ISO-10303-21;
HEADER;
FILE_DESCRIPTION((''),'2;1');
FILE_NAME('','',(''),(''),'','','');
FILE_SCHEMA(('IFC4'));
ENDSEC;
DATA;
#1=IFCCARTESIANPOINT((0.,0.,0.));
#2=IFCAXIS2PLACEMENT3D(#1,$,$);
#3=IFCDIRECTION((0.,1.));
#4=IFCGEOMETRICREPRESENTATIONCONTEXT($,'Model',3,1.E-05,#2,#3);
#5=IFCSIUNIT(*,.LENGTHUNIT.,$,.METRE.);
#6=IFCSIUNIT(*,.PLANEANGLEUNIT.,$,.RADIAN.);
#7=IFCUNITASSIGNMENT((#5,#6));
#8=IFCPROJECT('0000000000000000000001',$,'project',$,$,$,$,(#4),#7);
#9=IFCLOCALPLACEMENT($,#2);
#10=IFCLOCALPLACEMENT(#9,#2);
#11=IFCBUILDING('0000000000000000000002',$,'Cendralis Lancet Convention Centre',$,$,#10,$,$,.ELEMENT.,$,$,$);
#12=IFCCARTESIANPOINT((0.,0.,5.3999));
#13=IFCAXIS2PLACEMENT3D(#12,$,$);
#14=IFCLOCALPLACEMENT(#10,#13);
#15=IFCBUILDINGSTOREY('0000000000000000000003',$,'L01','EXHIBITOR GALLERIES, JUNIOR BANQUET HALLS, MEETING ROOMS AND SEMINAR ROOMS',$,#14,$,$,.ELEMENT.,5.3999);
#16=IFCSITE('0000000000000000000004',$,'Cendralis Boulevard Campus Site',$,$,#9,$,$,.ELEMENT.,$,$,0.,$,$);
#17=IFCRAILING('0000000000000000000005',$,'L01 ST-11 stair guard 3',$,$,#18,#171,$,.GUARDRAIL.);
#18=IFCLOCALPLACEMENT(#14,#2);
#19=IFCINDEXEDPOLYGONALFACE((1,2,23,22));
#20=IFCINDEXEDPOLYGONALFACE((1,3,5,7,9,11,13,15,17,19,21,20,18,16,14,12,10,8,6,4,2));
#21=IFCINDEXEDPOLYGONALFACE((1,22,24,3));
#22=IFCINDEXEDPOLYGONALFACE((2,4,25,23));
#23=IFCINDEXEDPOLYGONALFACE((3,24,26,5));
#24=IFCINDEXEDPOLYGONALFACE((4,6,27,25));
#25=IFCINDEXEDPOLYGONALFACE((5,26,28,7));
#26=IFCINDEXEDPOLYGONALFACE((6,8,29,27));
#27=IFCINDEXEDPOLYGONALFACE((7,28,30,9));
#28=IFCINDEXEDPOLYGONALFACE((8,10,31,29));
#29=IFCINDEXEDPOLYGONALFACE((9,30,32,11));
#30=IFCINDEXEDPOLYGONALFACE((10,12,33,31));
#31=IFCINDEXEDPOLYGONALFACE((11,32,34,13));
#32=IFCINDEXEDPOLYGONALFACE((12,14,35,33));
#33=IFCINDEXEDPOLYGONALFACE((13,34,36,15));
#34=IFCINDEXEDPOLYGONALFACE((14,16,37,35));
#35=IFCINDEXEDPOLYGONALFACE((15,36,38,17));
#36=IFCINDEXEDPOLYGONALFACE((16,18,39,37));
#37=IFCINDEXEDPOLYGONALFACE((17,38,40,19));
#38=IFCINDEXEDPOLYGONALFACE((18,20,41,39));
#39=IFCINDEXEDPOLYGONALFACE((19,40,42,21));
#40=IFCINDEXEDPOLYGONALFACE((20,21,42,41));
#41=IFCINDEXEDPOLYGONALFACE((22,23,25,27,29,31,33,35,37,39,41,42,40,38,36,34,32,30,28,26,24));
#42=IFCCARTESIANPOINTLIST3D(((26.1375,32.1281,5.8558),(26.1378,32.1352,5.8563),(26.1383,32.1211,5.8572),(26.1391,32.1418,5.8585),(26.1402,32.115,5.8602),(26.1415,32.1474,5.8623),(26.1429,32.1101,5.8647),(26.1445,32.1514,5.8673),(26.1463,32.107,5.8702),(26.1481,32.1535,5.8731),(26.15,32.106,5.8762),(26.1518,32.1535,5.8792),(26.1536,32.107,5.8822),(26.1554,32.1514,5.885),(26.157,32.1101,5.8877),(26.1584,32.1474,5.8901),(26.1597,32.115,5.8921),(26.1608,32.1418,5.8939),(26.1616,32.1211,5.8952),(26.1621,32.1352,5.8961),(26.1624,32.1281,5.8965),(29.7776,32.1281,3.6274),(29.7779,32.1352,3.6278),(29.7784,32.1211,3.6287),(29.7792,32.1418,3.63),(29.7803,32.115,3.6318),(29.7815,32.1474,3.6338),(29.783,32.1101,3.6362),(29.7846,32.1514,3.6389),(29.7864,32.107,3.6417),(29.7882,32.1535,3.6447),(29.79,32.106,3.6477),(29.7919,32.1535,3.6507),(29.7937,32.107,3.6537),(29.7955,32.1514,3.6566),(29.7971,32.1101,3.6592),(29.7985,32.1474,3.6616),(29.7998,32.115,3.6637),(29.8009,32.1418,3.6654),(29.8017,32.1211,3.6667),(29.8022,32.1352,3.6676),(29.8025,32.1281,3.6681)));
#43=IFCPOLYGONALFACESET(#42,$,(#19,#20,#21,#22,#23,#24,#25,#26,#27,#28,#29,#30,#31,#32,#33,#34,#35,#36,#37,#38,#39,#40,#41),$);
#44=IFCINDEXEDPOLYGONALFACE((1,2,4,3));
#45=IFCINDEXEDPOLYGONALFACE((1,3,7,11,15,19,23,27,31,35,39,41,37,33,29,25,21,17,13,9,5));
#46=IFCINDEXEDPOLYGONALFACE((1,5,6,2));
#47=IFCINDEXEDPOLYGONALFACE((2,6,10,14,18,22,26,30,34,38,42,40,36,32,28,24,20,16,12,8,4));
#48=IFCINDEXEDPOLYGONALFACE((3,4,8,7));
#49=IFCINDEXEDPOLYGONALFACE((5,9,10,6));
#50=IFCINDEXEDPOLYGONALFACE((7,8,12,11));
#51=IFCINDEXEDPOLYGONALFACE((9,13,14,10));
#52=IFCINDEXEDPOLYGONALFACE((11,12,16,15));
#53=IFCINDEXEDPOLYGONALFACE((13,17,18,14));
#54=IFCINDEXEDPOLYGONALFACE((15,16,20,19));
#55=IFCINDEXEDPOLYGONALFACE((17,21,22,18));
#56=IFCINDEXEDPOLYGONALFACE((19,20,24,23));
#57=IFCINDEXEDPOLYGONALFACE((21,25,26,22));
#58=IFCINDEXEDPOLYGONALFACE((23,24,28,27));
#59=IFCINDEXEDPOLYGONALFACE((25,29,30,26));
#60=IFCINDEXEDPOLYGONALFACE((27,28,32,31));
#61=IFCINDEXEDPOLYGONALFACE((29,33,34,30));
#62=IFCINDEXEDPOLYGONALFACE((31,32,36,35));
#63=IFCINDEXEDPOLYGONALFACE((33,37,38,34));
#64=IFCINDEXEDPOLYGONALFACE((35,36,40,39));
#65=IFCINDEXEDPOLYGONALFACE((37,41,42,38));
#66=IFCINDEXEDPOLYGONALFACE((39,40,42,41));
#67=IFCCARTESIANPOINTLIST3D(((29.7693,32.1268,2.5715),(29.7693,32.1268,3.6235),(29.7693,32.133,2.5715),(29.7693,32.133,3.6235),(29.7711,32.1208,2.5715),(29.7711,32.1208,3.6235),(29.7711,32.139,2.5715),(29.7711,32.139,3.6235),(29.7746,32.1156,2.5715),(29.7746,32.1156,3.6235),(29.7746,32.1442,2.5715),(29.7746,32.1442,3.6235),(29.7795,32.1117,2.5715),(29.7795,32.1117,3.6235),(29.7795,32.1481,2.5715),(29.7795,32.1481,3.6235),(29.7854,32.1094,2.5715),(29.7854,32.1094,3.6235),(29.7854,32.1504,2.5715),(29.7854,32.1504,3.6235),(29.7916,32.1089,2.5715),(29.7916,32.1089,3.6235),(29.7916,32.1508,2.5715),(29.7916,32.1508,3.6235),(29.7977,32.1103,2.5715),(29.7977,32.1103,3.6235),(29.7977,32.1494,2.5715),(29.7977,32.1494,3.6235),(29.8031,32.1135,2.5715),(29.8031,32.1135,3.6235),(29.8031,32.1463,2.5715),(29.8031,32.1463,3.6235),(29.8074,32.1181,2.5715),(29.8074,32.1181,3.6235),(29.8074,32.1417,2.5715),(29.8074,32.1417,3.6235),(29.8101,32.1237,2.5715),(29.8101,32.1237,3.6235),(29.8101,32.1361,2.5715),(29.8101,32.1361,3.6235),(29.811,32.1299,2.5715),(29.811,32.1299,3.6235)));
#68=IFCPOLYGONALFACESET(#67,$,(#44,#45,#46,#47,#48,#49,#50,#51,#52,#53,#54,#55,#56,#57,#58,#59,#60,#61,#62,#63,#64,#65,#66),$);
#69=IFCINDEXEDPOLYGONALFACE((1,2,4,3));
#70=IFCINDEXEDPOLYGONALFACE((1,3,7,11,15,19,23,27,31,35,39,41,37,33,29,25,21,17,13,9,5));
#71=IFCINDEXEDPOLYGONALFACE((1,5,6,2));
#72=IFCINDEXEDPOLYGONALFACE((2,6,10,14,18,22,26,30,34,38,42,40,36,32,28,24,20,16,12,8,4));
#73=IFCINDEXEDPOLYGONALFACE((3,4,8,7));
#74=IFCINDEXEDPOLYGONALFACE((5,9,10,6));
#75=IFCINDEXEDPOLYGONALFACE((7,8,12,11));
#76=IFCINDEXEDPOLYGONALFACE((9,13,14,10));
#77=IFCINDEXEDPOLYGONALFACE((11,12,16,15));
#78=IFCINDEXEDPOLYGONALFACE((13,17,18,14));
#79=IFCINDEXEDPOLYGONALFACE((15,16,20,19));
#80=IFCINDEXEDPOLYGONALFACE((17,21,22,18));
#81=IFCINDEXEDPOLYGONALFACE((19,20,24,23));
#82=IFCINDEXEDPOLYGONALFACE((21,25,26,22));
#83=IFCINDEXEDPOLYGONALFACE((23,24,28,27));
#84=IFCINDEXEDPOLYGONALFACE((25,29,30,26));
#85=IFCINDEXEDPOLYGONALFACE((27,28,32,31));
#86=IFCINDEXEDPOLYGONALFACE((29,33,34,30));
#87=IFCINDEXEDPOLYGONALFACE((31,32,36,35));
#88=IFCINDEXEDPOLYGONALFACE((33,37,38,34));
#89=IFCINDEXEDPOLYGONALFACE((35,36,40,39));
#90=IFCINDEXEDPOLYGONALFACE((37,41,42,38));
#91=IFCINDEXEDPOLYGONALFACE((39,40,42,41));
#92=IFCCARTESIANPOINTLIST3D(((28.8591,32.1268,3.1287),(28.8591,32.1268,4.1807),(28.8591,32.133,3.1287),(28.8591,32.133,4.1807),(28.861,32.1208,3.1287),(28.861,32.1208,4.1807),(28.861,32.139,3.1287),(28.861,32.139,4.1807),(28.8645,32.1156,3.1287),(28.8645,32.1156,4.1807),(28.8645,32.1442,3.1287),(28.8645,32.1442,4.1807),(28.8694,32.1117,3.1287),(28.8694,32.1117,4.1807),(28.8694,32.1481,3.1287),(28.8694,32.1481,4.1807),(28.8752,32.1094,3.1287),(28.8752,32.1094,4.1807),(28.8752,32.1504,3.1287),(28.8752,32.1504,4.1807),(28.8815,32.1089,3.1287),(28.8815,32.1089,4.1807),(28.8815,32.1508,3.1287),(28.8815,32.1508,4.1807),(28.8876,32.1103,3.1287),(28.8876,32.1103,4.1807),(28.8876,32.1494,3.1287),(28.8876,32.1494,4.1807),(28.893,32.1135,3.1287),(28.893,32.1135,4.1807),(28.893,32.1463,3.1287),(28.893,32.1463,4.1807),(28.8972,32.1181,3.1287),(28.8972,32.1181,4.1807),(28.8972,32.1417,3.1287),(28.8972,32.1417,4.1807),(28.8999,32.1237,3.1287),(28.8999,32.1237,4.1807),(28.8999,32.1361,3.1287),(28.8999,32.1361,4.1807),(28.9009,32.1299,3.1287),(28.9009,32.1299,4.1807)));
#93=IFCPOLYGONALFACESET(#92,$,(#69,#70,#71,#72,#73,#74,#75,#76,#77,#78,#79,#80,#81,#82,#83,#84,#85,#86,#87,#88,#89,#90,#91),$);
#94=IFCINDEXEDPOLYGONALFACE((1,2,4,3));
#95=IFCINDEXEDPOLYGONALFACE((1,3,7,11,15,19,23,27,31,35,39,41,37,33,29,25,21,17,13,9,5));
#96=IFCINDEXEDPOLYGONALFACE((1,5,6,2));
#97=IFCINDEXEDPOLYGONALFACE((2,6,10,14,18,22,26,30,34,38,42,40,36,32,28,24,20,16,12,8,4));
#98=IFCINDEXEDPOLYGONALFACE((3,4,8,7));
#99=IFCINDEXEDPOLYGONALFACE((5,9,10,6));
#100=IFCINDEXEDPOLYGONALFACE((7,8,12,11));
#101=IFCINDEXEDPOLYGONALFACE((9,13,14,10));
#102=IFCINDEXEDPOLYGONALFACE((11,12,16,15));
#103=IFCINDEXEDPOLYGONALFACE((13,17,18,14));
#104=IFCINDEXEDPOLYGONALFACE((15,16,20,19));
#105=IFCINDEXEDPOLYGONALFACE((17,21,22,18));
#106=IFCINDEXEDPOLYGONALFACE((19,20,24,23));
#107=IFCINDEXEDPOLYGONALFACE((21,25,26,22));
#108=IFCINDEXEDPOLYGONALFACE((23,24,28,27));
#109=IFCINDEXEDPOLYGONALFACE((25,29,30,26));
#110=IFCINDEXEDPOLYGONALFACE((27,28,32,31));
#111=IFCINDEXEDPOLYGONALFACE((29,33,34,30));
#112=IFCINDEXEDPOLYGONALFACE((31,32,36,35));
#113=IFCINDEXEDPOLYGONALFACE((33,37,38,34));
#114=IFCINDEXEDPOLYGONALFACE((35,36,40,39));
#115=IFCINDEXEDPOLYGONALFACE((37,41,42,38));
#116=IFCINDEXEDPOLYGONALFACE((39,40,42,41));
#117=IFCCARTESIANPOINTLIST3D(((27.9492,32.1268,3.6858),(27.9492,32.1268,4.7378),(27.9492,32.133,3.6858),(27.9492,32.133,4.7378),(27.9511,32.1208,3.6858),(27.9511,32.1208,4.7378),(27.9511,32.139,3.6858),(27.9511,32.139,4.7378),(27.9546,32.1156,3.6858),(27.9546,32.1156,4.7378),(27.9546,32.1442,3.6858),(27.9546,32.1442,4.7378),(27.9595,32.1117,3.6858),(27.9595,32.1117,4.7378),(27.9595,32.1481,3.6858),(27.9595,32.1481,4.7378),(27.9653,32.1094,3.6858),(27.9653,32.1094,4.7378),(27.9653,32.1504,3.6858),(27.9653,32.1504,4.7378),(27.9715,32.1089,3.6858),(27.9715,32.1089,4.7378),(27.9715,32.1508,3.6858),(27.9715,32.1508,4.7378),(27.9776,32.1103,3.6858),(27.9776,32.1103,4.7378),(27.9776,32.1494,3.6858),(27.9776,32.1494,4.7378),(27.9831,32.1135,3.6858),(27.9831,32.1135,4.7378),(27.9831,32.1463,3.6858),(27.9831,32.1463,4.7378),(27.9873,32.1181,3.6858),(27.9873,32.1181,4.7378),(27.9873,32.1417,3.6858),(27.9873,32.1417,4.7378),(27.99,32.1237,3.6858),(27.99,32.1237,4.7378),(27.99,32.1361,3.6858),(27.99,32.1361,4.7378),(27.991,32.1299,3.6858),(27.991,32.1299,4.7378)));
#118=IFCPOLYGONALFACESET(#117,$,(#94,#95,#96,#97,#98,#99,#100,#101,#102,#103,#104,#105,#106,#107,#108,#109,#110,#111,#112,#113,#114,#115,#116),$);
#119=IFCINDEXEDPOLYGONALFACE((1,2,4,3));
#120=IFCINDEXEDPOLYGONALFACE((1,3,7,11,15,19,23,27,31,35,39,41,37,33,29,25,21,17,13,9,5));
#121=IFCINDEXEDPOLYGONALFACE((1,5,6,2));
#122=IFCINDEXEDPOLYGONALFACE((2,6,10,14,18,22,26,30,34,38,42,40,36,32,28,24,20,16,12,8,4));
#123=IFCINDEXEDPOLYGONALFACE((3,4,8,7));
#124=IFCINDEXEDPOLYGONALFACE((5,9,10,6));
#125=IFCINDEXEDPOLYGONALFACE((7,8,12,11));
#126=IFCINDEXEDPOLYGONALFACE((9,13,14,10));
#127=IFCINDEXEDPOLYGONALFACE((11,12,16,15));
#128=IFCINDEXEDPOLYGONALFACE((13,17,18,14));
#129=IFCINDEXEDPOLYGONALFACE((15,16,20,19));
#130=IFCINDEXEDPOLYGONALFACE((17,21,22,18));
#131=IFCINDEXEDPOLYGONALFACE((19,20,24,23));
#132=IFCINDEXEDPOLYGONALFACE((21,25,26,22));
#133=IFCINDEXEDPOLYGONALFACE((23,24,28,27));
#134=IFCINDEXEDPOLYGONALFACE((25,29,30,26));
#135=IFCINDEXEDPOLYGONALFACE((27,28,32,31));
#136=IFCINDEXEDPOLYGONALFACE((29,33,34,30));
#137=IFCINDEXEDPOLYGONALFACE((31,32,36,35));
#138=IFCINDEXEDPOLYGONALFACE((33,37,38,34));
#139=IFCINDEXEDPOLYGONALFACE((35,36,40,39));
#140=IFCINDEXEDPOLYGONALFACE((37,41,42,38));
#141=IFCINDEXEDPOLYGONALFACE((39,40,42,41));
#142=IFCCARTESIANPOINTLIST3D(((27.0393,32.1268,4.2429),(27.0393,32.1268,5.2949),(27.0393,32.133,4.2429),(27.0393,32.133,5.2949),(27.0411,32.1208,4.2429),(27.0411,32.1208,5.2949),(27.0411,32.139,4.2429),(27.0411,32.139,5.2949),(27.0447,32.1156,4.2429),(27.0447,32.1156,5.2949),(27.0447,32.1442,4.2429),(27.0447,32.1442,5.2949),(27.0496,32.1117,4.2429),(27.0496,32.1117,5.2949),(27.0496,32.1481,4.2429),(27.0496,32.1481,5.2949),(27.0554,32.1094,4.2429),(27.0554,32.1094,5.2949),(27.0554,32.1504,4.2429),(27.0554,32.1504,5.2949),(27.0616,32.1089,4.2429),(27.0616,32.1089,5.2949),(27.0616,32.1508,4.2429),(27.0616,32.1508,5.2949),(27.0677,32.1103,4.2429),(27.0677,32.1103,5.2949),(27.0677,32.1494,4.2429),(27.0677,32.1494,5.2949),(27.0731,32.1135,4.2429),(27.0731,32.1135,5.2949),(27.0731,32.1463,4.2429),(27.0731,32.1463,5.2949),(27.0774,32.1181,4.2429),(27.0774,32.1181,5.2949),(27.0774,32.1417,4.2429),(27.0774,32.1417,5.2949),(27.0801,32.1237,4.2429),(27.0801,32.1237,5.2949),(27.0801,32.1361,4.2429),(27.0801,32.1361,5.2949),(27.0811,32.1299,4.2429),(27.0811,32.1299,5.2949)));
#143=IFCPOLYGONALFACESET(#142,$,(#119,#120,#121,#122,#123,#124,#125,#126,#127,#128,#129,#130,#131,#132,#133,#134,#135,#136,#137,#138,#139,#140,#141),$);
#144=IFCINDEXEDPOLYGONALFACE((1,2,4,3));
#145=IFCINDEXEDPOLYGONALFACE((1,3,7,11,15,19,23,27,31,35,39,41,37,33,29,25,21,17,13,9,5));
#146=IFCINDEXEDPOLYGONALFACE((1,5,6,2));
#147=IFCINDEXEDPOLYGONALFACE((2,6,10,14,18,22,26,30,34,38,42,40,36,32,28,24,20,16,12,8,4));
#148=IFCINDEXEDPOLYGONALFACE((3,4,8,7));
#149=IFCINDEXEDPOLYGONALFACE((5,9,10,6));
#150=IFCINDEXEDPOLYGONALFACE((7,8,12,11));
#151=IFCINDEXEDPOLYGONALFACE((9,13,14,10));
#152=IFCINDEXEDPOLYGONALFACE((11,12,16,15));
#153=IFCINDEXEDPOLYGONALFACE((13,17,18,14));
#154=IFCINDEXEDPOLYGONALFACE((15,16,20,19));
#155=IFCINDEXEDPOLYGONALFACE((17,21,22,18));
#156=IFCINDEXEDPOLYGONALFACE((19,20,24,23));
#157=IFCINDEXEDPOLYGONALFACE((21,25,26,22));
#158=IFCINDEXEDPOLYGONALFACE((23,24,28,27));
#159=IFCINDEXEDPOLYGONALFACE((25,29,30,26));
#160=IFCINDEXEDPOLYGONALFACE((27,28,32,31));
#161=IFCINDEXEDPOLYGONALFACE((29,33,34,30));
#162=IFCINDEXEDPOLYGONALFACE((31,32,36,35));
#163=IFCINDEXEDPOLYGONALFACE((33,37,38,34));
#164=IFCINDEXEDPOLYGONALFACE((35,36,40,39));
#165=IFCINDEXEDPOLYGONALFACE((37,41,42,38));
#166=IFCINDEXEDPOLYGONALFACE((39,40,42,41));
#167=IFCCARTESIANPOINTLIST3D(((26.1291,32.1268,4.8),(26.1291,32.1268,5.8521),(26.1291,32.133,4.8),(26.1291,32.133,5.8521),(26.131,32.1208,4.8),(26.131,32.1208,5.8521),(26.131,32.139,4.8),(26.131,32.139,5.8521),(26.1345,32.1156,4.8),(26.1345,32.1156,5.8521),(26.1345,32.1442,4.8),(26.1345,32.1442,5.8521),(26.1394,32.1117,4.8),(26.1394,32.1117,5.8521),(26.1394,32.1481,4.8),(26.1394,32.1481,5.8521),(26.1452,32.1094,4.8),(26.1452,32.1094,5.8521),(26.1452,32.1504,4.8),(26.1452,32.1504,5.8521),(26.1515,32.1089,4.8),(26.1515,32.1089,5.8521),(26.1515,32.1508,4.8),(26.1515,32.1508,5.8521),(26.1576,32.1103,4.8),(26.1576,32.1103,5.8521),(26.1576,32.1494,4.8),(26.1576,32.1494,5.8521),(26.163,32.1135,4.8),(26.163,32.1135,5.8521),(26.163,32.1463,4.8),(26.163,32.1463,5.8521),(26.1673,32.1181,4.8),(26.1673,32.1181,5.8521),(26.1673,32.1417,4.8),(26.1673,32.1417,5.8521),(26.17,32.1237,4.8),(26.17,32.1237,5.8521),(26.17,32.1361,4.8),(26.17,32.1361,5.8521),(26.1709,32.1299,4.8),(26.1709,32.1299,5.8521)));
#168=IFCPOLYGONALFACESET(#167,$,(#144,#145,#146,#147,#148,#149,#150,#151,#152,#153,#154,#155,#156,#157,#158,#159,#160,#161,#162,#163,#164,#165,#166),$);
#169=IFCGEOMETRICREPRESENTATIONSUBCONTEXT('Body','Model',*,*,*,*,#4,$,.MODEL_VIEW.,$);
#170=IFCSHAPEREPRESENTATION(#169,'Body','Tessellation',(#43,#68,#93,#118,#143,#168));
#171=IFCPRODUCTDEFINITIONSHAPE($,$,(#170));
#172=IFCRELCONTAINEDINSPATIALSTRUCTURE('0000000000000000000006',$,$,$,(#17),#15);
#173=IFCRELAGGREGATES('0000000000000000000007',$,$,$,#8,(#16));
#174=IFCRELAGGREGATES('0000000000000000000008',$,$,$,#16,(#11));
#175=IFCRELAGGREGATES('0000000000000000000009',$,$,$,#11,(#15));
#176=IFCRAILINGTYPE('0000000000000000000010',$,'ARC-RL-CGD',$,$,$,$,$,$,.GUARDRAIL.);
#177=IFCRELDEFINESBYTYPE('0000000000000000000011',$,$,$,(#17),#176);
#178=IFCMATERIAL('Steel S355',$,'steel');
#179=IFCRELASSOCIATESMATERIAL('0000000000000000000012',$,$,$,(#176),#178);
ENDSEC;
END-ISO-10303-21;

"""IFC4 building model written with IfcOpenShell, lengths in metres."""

from ifc_helpers import new_model, si_unit, direction, frame, origin, origin_2d, place, context, subcontext, project, spatial, circle, extrude, material, type_object, element, save


model = new_model("IFC4")

# Units and contexts
model_context = context("Model", 3, precision=1e-05, world=origin(), true_north=direction((0.0, 1.0)))
body_context = subcontext(model_context, "Body", "Model", "MODEL_VIEW")
ifc_project = project(units=[si_unit("LENGTHUNIT", "METRE"), si_unit("PLANEANGLEUNIT", "RADIAN")], contexts=[model_context])

# Site, building, storey
site_placement = place(None, origin())
site = spatial("IfcSite", under=ifc_project, at=site_placement, Name="Cendralis Boulevard Campus Site", CompositionType="ELEMENT", RefElevation=0.0)
building_placement = place(site_placement, origin())
building = spatial("IfcBuilding", under=site, at=building_placement, Name="Cendralis Lancet Convention Centre", CompositionType="ELEMENT")
storey_placement = place(building_placement, frame((0.0, 0.0, 5.3999)))
storey = spatial("IfcBuildingStorey", under=building, at=storey_placement, Name="L01", Description="EXHIBITOR GALLERIES, JUNIOR BANQUET HALLS, MEETING ROOMS AND SEMINAR ROOMS", CompositionType="ELEMENT", Elevation=5.3999)

# Shared definitions
ifc_material_1 = material(Name="Steel S355", Category="steel")

# Railing
railing_type_1 = type_object("IfcRailingType", Name="ARC-RL-CGD", PredefinedType="GUARDRAIL", material=ifc_material_1)
railing_1_placement = place(storey_placement, frame((29.79, 32.1299, 2.5715)))
element("IfcRailing", 1, at=railing_1_placement, inside=storey, type_object=railing_type_1, Name="L01 ST-11 stair guard 3", PredefinedType="GUARDRAIL", context=body_context, shape_type="SweptSolid", body=[
    extrude(circle(Radius=0.0239, at=origin_2d()), frame((0.0, 0.0, 1.0762), z_axis=(-0.852866, 0.0, 0.52213), x_axis=(0.0, -1.0, 0.0)), (0.0, 0.0, 1.0), 4.2681),
    extrude(circle(Radius=0.021, at=origin_2d()), origin(), (0.0, 0.0, 1.0), 1.052),
    extrude(circle(Radius=0.021, at=origin_2d()), frame((-0.9102, 0.0, 0.5571)), (0.0, 0.0, 1.0), 1.052),
    extrude(circle(Radius=0.021, at=origin_2d()), frame((-1.8201, 0.0, 1.1143)), (0.0, 0.0, 1.0), 1.052),
    extrude(circle(Radius=0.021, at=origin_2d()), frame((-2.73, 0.0, 1.6714)), (0.0, 0.0, 1.0), 1.052),
    extrude(circle(Radius=0.021, at=origin_2d()), frame((-3.6401, 0.0, 2.2285)), (0.0, 0.0, 1.0), 1.052),
])

save(model, "model.ifc")
